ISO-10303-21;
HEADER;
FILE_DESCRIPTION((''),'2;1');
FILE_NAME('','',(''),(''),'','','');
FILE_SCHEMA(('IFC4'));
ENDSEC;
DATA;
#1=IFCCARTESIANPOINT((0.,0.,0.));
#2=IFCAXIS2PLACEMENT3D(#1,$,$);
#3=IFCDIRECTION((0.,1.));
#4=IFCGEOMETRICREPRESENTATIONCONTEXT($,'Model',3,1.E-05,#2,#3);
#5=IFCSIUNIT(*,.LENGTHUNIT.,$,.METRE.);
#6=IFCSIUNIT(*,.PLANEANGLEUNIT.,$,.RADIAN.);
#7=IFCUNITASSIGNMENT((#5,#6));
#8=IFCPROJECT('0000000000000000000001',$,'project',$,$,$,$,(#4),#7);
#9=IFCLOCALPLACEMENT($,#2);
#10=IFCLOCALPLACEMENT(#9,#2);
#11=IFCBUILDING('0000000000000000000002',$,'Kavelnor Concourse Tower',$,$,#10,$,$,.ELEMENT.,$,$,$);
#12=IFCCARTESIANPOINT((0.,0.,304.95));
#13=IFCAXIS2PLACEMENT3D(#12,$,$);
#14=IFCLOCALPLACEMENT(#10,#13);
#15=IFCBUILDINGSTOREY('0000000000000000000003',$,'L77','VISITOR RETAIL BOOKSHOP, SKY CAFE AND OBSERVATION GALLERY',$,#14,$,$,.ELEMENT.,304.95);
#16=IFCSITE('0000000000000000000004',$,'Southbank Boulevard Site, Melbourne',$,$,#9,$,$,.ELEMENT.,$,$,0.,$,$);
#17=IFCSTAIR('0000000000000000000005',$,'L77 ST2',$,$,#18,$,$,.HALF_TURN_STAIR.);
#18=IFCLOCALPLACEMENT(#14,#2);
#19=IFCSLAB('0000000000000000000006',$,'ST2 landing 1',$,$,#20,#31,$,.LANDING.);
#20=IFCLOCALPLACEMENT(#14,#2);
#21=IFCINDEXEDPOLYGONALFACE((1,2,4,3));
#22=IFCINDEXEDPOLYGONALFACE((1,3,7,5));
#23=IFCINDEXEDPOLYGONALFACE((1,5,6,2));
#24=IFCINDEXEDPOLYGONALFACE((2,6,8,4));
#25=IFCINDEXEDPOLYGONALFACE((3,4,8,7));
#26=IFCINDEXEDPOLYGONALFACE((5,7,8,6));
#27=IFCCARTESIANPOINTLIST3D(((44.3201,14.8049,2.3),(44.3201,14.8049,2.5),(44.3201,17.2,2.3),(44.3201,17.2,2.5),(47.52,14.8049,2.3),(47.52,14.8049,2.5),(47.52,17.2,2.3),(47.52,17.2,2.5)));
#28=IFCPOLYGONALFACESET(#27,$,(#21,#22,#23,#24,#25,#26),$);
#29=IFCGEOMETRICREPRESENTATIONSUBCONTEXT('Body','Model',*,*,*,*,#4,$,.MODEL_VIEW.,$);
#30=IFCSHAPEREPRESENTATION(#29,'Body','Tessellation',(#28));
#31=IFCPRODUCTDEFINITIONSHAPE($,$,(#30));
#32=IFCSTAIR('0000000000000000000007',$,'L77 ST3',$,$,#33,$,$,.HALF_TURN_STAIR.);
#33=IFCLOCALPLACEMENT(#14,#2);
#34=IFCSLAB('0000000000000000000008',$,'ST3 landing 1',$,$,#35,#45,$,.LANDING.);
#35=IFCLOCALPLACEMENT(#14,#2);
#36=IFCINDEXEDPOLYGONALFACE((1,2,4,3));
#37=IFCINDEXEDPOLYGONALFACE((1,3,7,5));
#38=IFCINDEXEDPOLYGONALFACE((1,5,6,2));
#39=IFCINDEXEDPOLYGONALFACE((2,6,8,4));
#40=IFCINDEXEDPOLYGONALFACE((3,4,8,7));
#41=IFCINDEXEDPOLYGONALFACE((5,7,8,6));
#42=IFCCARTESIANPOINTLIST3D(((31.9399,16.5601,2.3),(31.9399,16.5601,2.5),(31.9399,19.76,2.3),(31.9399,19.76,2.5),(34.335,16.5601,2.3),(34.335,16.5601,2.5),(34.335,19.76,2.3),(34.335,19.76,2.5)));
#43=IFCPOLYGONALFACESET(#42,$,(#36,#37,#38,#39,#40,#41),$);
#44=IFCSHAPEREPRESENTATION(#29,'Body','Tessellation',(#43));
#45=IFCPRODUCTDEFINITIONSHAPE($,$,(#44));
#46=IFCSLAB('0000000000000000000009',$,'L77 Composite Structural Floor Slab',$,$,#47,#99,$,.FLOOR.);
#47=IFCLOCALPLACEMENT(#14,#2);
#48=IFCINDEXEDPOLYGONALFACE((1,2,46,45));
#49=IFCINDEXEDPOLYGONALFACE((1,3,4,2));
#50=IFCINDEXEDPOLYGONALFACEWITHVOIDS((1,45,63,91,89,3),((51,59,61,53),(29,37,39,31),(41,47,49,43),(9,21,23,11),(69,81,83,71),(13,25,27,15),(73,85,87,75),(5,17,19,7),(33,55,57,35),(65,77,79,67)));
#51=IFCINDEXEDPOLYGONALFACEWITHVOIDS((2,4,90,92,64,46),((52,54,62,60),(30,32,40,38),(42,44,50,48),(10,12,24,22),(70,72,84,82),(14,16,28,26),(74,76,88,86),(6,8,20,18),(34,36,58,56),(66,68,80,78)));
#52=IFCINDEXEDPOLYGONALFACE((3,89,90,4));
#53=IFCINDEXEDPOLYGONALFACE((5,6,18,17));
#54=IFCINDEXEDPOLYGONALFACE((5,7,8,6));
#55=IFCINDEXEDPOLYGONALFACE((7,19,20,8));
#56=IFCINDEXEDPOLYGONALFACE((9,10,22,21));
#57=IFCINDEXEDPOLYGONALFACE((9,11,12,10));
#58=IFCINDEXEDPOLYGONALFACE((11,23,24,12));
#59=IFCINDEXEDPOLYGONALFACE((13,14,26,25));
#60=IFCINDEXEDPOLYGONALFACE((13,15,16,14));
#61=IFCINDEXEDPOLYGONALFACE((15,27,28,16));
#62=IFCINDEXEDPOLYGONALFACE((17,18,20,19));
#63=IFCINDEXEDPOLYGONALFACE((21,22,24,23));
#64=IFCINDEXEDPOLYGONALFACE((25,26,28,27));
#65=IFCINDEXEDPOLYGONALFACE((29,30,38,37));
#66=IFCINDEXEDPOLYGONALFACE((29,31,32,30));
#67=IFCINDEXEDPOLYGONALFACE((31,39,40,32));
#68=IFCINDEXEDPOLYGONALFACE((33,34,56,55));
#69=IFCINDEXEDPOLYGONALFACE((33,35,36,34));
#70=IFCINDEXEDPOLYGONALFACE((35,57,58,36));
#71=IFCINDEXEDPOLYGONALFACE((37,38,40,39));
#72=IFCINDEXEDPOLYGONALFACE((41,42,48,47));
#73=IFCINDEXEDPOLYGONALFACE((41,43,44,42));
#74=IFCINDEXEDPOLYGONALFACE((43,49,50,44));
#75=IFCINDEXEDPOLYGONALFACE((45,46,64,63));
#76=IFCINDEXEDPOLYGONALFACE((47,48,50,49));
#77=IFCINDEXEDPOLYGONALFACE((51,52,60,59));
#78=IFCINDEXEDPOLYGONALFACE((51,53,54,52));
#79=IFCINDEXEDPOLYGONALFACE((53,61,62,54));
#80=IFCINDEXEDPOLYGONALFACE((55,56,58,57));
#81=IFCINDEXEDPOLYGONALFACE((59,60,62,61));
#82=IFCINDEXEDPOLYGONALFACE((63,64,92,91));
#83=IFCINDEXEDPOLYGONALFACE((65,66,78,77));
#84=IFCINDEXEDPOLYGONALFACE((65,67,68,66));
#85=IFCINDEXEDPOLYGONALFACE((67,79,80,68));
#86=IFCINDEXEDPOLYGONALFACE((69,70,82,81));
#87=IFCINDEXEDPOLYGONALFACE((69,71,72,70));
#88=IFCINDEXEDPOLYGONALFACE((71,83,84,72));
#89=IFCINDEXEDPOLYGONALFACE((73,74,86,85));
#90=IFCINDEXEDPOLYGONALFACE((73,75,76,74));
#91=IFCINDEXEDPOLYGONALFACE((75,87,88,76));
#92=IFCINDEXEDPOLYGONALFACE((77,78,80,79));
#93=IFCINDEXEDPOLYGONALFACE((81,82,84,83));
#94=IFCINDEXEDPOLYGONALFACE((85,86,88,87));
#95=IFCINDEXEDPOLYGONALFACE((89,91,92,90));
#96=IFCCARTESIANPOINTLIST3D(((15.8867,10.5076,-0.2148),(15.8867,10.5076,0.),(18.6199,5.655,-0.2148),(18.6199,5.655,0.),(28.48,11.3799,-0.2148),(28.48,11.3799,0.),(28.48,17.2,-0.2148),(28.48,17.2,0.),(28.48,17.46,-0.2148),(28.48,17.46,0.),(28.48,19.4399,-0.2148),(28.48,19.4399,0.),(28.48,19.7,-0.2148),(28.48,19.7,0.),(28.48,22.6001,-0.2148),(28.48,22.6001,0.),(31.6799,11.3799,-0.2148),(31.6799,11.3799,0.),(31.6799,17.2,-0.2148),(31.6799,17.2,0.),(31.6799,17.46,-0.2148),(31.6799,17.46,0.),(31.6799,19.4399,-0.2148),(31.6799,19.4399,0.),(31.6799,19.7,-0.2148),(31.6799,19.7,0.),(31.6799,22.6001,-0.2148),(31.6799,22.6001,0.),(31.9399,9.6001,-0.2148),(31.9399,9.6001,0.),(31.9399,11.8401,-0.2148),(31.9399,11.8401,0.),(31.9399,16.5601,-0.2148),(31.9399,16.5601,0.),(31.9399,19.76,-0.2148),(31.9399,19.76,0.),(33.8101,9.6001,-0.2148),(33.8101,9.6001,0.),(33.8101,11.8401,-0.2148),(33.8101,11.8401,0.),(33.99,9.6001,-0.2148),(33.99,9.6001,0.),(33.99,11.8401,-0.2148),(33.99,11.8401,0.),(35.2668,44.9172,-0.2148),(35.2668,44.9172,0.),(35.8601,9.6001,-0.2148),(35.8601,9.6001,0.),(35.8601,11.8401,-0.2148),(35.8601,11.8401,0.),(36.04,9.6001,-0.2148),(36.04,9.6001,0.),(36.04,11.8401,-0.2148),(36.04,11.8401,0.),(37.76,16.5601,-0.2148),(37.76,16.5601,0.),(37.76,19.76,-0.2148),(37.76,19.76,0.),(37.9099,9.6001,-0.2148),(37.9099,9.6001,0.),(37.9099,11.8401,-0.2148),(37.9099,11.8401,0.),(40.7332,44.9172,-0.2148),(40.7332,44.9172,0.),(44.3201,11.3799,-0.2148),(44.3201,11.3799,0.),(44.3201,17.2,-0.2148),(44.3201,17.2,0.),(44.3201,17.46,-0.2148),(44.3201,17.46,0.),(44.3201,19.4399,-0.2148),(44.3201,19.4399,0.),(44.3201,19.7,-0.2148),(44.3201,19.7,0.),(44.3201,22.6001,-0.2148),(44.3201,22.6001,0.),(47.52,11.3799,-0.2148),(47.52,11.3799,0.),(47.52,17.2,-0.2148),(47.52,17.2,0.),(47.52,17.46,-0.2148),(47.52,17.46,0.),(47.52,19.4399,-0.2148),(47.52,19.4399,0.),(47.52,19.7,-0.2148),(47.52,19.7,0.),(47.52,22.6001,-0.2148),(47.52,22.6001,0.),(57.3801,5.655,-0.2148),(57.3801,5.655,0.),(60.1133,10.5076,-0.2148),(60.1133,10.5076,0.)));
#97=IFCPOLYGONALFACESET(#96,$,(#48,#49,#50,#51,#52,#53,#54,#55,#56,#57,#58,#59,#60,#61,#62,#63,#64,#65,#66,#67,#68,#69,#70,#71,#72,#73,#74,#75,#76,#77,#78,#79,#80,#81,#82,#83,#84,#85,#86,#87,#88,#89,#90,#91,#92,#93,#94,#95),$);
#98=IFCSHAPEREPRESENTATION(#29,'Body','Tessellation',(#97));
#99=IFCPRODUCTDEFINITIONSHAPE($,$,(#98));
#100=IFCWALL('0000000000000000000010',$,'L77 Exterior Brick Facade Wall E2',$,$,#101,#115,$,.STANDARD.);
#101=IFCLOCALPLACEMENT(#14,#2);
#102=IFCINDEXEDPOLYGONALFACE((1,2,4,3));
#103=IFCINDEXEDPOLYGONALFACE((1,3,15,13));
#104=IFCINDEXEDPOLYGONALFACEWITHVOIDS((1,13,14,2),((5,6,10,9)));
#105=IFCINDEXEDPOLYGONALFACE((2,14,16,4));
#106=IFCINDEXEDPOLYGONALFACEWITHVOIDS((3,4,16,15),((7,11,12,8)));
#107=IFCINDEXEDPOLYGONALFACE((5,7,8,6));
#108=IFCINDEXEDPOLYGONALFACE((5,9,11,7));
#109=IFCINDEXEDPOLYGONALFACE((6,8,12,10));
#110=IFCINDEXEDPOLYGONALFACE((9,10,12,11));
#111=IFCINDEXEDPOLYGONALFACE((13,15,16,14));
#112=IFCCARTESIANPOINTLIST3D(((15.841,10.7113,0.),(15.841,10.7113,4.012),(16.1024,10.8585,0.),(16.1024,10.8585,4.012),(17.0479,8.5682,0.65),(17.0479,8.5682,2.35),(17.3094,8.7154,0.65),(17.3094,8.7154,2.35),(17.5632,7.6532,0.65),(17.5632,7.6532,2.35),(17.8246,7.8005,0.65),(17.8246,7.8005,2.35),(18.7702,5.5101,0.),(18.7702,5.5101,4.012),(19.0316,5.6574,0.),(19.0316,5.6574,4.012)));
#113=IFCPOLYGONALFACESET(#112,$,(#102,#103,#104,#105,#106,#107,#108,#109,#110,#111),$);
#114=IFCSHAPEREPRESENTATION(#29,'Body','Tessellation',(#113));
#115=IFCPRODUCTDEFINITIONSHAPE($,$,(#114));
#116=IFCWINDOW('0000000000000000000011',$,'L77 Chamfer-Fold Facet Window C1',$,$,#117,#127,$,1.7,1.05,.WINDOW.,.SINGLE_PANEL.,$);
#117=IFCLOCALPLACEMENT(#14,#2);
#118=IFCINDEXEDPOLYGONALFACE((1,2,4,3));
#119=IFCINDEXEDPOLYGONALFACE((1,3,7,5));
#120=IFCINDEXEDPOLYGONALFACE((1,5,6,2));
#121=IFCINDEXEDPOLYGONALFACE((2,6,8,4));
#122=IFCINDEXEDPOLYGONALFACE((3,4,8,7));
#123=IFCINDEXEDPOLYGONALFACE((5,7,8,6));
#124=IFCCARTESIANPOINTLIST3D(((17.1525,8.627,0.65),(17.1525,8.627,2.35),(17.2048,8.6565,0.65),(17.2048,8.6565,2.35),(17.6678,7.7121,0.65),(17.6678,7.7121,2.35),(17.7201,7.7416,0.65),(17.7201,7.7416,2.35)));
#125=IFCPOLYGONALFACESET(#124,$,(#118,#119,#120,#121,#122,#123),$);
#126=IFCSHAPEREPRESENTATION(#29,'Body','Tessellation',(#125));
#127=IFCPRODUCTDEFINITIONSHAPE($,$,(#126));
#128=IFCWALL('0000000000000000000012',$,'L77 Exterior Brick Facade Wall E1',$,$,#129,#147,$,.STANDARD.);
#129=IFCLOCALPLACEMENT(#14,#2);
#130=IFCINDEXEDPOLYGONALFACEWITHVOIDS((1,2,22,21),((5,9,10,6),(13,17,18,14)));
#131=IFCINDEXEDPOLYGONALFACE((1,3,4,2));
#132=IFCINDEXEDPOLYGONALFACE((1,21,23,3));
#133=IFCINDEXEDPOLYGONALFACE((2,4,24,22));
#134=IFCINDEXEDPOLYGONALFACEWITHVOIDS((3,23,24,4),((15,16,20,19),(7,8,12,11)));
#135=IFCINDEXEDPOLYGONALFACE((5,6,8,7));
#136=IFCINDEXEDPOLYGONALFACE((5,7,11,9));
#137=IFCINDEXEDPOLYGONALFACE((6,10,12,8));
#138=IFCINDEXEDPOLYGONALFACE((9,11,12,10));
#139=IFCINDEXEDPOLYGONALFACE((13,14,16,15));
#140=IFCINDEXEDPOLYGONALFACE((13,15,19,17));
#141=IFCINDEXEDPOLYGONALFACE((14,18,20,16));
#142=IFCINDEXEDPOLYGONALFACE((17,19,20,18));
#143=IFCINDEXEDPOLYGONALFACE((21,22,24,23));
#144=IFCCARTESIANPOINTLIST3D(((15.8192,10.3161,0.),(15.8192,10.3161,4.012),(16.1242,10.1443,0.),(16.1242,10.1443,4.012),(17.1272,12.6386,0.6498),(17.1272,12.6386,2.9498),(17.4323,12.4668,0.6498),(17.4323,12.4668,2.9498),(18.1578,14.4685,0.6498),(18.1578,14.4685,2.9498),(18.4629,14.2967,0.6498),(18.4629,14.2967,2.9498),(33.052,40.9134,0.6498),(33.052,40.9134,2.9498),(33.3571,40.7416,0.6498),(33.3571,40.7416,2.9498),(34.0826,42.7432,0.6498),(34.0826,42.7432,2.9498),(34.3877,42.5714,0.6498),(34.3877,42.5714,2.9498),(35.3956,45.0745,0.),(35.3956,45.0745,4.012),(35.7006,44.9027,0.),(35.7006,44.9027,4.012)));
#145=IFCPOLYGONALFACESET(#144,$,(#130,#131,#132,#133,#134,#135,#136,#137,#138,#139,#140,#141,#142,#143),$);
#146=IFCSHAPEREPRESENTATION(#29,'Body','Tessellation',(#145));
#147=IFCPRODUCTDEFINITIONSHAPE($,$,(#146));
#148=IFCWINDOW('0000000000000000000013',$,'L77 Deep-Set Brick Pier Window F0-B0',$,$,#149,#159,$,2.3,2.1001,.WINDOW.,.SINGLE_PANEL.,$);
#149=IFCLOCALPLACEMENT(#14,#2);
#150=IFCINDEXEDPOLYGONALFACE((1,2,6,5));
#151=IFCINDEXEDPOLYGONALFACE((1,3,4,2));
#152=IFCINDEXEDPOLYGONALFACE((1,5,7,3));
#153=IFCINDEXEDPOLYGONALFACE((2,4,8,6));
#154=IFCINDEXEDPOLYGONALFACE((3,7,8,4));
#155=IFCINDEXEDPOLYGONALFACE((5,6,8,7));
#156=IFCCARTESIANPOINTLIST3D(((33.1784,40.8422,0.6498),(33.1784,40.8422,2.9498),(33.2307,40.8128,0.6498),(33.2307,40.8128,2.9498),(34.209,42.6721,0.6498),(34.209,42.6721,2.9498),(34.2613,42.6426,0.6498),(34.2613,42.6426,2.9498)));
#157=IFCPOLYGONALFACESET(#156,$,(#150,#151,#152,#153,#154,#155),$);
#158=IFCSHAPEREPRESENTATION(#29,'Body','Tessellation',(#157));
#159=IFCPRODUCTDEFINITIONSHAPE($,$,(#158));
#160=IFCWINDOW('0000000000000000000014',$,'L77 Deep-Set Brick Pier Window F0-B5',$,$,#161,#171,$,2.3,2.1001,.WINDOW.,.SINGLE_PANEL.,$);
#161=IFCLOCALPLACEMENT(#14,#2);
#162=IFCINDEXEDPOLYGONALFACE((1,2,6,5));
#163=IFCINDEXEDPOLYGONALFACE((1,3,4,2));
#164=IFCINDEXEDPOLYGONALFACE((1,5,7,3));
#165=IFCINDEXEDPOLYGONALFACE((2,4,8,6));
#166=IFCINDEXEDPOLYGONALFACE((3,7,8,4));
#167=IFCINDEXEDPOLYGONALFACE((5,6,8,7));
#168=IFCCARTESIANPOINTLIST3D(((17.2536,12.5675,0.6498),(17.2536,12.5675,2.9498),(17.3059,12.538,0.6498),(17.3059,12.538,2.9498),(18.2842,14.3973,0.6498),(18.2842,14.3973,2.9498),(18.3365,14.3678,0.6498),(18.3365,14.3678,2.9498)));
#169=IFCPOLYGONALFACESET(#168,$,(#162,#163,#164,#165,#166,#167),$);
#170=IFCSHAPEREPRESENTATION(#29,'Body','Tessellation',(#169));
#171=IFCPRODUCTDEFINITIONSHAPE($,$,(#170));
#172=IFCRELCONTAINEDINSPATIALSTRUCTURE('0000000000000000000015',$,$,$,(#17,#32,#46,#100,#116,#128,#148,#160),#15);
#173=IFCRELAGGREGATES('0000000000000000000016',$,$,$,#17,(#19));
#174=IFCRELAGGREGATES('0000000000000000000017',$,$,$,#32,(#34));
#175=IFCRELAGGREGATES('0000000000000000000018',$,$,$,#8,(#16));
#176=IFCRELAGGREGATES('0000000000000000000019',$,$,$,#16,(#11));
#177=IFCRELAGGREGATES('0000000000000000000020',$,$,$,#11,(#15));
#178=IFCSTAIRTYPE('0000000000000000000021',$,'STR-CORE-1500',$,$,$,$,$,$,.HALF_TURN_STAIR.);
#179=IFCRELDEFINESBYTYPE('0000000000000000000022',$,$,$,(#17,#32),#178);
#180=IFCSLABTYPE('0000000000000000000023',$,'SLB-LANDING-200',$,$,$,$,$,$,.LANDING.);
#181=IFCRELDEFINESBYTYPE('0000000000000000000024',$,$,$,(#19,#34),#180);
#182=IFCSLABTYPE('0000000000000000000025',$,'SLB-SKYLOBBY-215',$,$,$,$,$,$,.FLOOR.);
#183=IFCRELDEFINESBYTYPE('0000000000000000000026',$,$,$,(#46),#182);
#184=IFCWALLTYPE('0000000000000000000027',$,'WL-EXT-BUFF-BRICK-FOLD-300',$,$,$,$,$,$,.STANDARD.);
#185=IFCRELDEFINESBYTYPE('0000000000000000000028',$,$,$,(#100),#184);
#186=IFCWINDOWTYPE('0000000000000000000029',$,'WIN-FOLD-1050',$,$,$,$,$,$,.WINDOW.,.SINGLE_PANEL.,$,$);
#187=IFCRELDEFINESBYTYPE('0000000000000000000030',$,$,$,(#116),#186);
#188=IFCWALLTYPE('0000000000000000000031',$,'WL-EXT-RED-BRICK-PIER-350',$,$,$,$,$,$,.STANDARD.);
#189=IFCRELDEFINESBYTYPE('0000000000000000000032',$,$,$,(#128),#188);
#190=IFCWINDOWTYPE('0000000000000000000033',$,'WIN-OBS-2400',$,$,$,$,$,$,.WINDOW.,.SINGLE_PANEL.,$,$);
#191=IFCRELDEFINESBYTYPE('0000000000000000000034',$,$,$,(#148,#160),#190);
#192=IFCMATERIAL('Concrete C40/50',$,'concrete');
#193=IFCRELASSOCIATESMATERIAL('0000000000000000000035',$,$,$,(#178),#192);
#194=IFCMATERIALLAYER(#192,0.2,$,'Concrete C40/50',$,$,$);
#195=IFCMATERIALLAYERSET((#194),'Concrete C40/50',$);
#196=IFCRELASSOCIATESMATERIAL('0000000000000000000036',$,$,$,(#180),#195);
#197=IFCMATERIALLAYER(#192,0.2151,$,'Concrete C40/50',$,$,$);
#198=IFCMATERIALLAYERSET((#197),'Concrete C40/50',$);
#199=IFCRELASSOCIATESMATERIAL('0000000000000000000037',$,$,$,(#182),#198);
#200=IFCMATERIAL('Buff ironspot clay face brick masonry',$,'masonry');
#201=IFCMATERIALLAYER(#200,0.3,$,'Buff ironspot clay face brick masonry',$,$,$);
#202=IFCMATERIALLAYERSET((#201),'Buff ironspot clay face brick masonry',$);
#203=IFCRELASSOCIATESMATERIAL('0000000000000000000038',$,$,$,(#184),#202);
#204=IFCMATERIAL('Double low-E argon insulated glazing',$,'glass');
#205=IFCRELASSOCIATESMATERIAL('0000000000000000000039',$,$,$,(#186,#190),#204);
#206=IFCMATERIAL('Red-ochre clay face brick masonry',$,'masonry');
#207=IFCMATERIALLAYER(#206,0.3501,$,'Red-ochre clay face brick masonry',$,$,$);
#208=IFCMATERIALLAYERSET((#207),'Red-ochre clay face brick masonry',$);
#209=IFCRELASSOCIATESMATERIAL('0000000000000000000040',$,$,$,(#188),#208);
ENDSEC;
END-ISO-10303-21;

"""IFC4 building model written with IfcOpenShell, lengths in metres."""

from ifc_helpers import new_model, si_unit, direction, frame, frame_2d, origin, place, context, subcontext, project, spatial, polyline, rectangle, outline, extrude, material, layer, layer_set, type_object, element, fill, aggregate, save


model = new_model("IFC4")

# Units and contexts
model_context = context("Model", 3, precision=1e-05, world=origin(), true_north=direction((0.0, 1.0)))
body_context = subcontext(model_context, "Body", "Model", "MODEL_VIEW")
ifc_project = project(units=[si_unit("LENGTHUNIT", "METRE"), si_unit("PLANEANGLEUNIT", "RADIAN")], contexts=[model_context])

# Site, building, storey
site_placement = place(None, origin())
site = spatial("IfcSite", under=ifc_project, at=site_placement, Name="Southbank Boulevard Site, Melbourne", CompositionType="ELEMENT", RefElevation=0.0)
building_placement = place(site_placement, origin())
building = spatial("IfcBuilding", under=site, at=building_placement, Name="Kavelnor Concourse Tower", CompositionType="ELEMENT")
storey_placement = place(building_placement, frame((0.0, 0.0, 304.95)))
storey = spatial("IfcBuildingStorey", under=building, at=storey_placement, Name="L77", Description="VISITOR RETAIL BOOKSHOP, SKY CAFE AND OBSERVATION GALLERY", CompositionType="ELEMENT", Elevation=304.95)

# Stairs, slabs
ifc_material_1 = material(Name="Concrete C40/50", Category="concrete")
stair_type = type_object("IfcStairType", Name="STR-CORE-1500", PredefinedType="HALF_TURN_STAIR", material=ifc_material_1)
ifc_layer_1 = layer(ifc_material_1, 0.2, Name="Concrete C40/50")
ifc_layer_set_1 = layer_set([ifc_layer_1], Name="Concrete C40/50")
slab_type_1 = type_object("IfcSlabType", Name="SLB-LANDING-200", PredefinedType="LANDING", material=ifc_layer_set_1)
stair_1_placement = place(storey_placement, origin())
stair_1 = element("IfcStair", 1, at=stair_1_placement, inside=storey, type_object=stair_type, Name="L77 ST2", PredefinedType="HALF_TURN_STAIR")
slab_1_placement = place(storey_placement, frame((0.0, 0.0, 2.3)))
slab_1 = element("IfcSlab", 2, at=slab_1_placement, type_object=slab_type_1, Name="ST2 landing 1", PredefinedType="LANDING", context=body_context, shape_type="SweptSolid", body=[
    extrude(outline(polyline([(47.52, 14.8049), (47.52, 17.2), (44.3201, 17.2), (44.3201, 14.8049), (47.52, 14.8049)])), origin(), (0.0, 0.0, 1.0), 0.2),
])
aggregate(stair_1, [slab_1])
stair_2_placement = place(storey_placement, origin())
stair_2 = element("IfcStair", 3, at=stair_2_placement, inside=storey, type_object=stair_type, Name="L77 ST3", PredefinedType="HALF_TURN_STAIR")
slab_2_placement = place(storey_placement, frame((0.0, 0.0, 2.3)))
slab_2 = element("IfcSlab", 4, at=slab_2_placement, type_object=slab_type_1, Name="ST3 landing 1", PredefinedType="LANDING", context=body_context, shape_type="SweptSolid", body=[
    extrude(outline(polyline([(34.335, 19.76), (31.9399, 19.76), (31.9399, 16.5601), (34.335, 16.5601), (34.335, 19.76)])), origin(), (0.0, 0.0, 1.0), 0.2),
])
aggregate(stair_2, [slab_2])

# Slab
ifc_layer_2 = layer(ifc_material_1, 0.2151, Name="Concrete C40/50")
ifc_layer_set_2 = layer_set([ifc_layer_2], Name="Concrete C40/50")
slab_type_2 = type_object("IfcSlabType", Name="SLB-SKYLOBBY-215", PredefinedType="FLOOR", material=ifc_layer_set_2)
slab_3_placement = place(storey_placement, frame((0.0, 0.0, -0.2148)))
element("IfcSlab", 5, at=slab_3_placement, inside=storey, type_object=slab_type_2, Name="L77 Composite Structural Floor Slab", PredefinedType="FLOOR", context=body_context, shape_type="SweptSolid", body=[
    extrude(outline(polyline([(40.7332, 44.9172), (35.2668, 44.9172), (15.8867, 10.5076), (18.6199, 5.655), (57.3801, 5.655), (60.1133, 10.5076), (40.7332, 44.9172)]), holes=[polyline([(28.48, 11.3799), (31.6799, 11.3799), (31.6799, 17.2), (28.48, 17.2), (28.48, 11.3799)]), polyline([(44.3201, 11.3799), (47.52, 11.3799), (47.52, 17.2), (44.3201, 17.2), (44.3201, 11.3799)]), polyline([(31.9399, 16.5601), (37.76, 16.5601), (37.76, 19.76), (31.9399, 19.76), (31.9399, 16.5601)]), polyline([(28.48, 19.7), (31.6799, 19.7), (31.6799, 22.6001), (28.48, 22.6001), (28.48, 19.7)]), polyline([(44.3201, 19.7), (47.52, 19.7), (47.52, 22.6001), (44.3201, 22.6001), (44.3201, 19.7)]), polyline([(31.9399, 9.6001), (33.8101, 9.6001), (33.8101, 11.8401), (31.9399, 11.8401), (31.9399, 9.6001)]), polyline([(33.99, 9.6001), (35.8601, 9.6001), (35.8601, 11.8401), (33.99, 11.8401), (33.99, 9.6001)]), polyline([(36.04, 9.6001), (37.9099, 9.6001), (37.9099, 11.8401), (36.04, 11.8401), (36.04, 9.6001)]), polyline([(28.48, 17.46), (31.6799, 17.46), (31.6799, 19.4399), (28.48, 19.4399), (28.48, 17.46)]), polyline([(44.3201, 17.46), (47.52, 17.46), (47.52, 19.4399), (44.3201, 19.4399), (44.3201, 17.46)])]), origin(), (0.0, 0.0, 1.0), 0.2148),
])

# Wall, opening, window
ifc_material_2 = material(Name="Buff ironspot clay face brick masonry", Category="masonry")
ifc_layer_3 = layer(ifc_material_2, 0.3, Name="Buff ironspot clay face brick masonry")
ifc_layer_set_3 = layer_set([ifc_layer_3], Name="Buff ironspot clay face brick masonry")
wall_type_1 = type_object("IfcWallType", Name="WL-EXT-BUFF-BRICK-FOLD-300", PredefinedType="STANDARD", material=ifc_layer_set_3)
wall_1_placement = place(storey_placement, frame((18.9009, 5.5837, 0.0), z_axis=(0.0, 0.0, 1.0), x_axis=(-0.490712, 0.871322, 0.0)))
wall_1 = element("IfcWall", 6, at=wall_1_placement, inside=storey, type_object=wall_type_1, Name="L77 Exterior Brick Facade Wall E2", PredefinedType="STANDARD", context=body_context, shape_type="SweptSolid", body=[
    extrude(rectangle(XDim=5.9692, YDim=0.3, at=frame_2d((2.9846, 0.0))), origin(), (0.0, 0.0, 1.0), 4.012),
])
opening_1_placement = place(wall_1_placement, frame((2.4597, 0.0, 0.6499)))
opening_1 = element("IfcOpeningElement", 7, at=opening_1_placement, cuts=wall_1, PredefinedType="OPENING", context=body_context, shape_type="SweptSolid", body=[
    extrude(rectangle(XDim=1.05, YDim=1.7, at=frame_2d((0.5249, 0.8501))), frame((0.0, 0.1602, 0.0), z_axis=(0.0, -1.0, 0.0), x_axis=(1.0, 0.0, 0.0)), (0.0, 0.0, 1.0), 0.3201),
])
ifc_material_3 = material(Name="Double low-E argon insulated glazing", Category="glass")
window_type_1 = type_object("IfcWindowType", Name="WIN-FOLD-1050", PartitioningType="SINGLE_PANEL", PredefinedType="WINDOW", material=ifc_material_3)
window_1_placement = place(opening_1_placement, origin())
window_1 = element("IfcWindow", 8, at=window_1_placement, inside=storey, type_object=window_type_1, Name="L77 Chamfer-Fold Facet Window C1", OverallHeight=1.7, OverallWidth=1.05, PartitioningType="SINGLE_PANEL", PredefinedType="WINDOW", context=body_context, shape_type="SweptSolid", body=[
    extrude(rectangle(XDim=1.05, YDim=1.7, at=frame_2d((0.5249, 0.8501))), frame((0.0, 0.03, 0.0), z_axis=(0.0, -1.0, 0.0), x_axis=(1.0, 0.0, 0.0)), (0.0, 0.0, 1.0), 0.0601),
])
fill(opening_1, window_1)

# Wall, openings, windows
ifc_material_4 = material(Name="Red-ochre clay face brick masonry", Category="masonry")
ifc_layer_4 = layer(ifc_material_4, 0.3501, Name="Red-ochre clay face brick masonry")
ifc_layer_set_4 = layer_set([ifc_layer_4], Name="Red-ochre clay face brick masonry")
wall_type_2 = type_object("IfcWallType", Name="WL-EXT-RED-BRICK-PIER-350", PredefinedType="STANDARD", material=ifc_layer_set_4)
wall_2_placement = place(storey_placement, frame((15.9717, 10.2302, 0.0), z_axis=(0.0, 0.0, 1.0), x_axis=(0.490735, 0.871309, 0.0)))
wall_2 = element("IfcWall", 9, at=wall_2_placement, inside=storey, type_object=wall_type_2, Name="L77 Exterior Brick Facade Wall E1", PredefinedType="STANDARD", context=body_context, shape_type="SweptSolid", body=[
    extrude(rectangle(XDim=39.8921, YDim=0.3501, at=frame_2d((19.946, 0.0))), origin(), (0.0, 0.0, 1.0), 4.012),
])
opening_2_placement = place(wall_2_placement, frame((35.1165, 0.0, 0.6499)))
opening_2 = element("IfcOpeningElement", 10, at=opening_2_placement, cuts=wall_2, PredefinedType="OPENING", context=body_context, shape_type="SweptSolid", body=[
    extrude(rectangle(XDim=2.1001, YDim=2.3, at=frame_2d((1.05, 1.1499))), frame((0.0, 0.1851, 0.0), z_axis=(0.0, -1.0, 0.0), x_axis=(1.0, 0.0, 0.0)), (0.0, 0.0, 1.0), 0.3701),
])
opening_3_placement = place(wall_2_placement, frame((2.6655, 0.0, 0.6499)))
opening_3 = element("IfcOpeningElement", 11, at=opening_3_placement, cuts=wall_2, PredefinedType="OPENING", context=body_context, shape_type="SweptSolid", body=[
    extrude(rectangle(XDim=2.1001, YDim=2.3, at=frame_2d((1.05, 1.1499))), frame((0.0, 0.1851, 0.0), z_axis=(0.0, -1.0, 0.0), x_axis=(1.0, 0.0, 0.0)), (0.0, 0.0, 1.0), 0.3701),
])
window_type_2 = type_object("IfcWindowType", Name="WIN-OBS-2400", PartitioningType="SINGLE_PANEL", PredefinedType="WINDOW", material=ifc_material_3)
window_2_placement = place(opening_2_placement, origin())
window_2 = element("IfcWindow", 12, at=window_2_placement, inside=storey, type_object=window_type_2, Name="L77 Deep-Set Brick Pier Window F0-B0", OverallHeight=2.3, OverallWidth=2.1001, PartitioningType="SINGLE_PANEL", PredefinedType="WINDOW", context=body_context, shape_type="SweptSolid", body=[
    extrude(rectangle(XDim=2.1001, YDim=2.3, at=frame_2d((1.05, 1.1499))), frame((0.0, 0.03, 0.0), z_axis=(0.0, -1.0, 0.0), x_axis=(1.0, 0.0, 0.0)), (0.0, 0.0, 1.0), 0.0601),
])
fill(opening_2, window_2)
window_3_placement = place(opening_3_placement, origin())
window_3 = element("IfcWindow", 13, at=window_3_placement, inside=storey, type_object=window_type_2, Name="L77 Deep-Set Brick Pier Window F0-B5", OverallHeight=2.3, OverallWidth=2.1001, PartitioningType="SINGLE_PANEL", PredefinedType="WINDOW", context=body_context, shape_type="SweptSolid", body=[
    extrude(rectangle(XDim=2.1001, YDim=2.3, at=frame_2d((1.05, 1.1499))), frame((0.0, 0.03, 0.0), z_axis=(0.0, -1.0, 0.0), x_axis=(1.0, 0.0, 0.0)), (0.0, 0.0, 1.0), 0.0601),
])
fill(opening_3, window_3)

save(model, "model.ifc")
